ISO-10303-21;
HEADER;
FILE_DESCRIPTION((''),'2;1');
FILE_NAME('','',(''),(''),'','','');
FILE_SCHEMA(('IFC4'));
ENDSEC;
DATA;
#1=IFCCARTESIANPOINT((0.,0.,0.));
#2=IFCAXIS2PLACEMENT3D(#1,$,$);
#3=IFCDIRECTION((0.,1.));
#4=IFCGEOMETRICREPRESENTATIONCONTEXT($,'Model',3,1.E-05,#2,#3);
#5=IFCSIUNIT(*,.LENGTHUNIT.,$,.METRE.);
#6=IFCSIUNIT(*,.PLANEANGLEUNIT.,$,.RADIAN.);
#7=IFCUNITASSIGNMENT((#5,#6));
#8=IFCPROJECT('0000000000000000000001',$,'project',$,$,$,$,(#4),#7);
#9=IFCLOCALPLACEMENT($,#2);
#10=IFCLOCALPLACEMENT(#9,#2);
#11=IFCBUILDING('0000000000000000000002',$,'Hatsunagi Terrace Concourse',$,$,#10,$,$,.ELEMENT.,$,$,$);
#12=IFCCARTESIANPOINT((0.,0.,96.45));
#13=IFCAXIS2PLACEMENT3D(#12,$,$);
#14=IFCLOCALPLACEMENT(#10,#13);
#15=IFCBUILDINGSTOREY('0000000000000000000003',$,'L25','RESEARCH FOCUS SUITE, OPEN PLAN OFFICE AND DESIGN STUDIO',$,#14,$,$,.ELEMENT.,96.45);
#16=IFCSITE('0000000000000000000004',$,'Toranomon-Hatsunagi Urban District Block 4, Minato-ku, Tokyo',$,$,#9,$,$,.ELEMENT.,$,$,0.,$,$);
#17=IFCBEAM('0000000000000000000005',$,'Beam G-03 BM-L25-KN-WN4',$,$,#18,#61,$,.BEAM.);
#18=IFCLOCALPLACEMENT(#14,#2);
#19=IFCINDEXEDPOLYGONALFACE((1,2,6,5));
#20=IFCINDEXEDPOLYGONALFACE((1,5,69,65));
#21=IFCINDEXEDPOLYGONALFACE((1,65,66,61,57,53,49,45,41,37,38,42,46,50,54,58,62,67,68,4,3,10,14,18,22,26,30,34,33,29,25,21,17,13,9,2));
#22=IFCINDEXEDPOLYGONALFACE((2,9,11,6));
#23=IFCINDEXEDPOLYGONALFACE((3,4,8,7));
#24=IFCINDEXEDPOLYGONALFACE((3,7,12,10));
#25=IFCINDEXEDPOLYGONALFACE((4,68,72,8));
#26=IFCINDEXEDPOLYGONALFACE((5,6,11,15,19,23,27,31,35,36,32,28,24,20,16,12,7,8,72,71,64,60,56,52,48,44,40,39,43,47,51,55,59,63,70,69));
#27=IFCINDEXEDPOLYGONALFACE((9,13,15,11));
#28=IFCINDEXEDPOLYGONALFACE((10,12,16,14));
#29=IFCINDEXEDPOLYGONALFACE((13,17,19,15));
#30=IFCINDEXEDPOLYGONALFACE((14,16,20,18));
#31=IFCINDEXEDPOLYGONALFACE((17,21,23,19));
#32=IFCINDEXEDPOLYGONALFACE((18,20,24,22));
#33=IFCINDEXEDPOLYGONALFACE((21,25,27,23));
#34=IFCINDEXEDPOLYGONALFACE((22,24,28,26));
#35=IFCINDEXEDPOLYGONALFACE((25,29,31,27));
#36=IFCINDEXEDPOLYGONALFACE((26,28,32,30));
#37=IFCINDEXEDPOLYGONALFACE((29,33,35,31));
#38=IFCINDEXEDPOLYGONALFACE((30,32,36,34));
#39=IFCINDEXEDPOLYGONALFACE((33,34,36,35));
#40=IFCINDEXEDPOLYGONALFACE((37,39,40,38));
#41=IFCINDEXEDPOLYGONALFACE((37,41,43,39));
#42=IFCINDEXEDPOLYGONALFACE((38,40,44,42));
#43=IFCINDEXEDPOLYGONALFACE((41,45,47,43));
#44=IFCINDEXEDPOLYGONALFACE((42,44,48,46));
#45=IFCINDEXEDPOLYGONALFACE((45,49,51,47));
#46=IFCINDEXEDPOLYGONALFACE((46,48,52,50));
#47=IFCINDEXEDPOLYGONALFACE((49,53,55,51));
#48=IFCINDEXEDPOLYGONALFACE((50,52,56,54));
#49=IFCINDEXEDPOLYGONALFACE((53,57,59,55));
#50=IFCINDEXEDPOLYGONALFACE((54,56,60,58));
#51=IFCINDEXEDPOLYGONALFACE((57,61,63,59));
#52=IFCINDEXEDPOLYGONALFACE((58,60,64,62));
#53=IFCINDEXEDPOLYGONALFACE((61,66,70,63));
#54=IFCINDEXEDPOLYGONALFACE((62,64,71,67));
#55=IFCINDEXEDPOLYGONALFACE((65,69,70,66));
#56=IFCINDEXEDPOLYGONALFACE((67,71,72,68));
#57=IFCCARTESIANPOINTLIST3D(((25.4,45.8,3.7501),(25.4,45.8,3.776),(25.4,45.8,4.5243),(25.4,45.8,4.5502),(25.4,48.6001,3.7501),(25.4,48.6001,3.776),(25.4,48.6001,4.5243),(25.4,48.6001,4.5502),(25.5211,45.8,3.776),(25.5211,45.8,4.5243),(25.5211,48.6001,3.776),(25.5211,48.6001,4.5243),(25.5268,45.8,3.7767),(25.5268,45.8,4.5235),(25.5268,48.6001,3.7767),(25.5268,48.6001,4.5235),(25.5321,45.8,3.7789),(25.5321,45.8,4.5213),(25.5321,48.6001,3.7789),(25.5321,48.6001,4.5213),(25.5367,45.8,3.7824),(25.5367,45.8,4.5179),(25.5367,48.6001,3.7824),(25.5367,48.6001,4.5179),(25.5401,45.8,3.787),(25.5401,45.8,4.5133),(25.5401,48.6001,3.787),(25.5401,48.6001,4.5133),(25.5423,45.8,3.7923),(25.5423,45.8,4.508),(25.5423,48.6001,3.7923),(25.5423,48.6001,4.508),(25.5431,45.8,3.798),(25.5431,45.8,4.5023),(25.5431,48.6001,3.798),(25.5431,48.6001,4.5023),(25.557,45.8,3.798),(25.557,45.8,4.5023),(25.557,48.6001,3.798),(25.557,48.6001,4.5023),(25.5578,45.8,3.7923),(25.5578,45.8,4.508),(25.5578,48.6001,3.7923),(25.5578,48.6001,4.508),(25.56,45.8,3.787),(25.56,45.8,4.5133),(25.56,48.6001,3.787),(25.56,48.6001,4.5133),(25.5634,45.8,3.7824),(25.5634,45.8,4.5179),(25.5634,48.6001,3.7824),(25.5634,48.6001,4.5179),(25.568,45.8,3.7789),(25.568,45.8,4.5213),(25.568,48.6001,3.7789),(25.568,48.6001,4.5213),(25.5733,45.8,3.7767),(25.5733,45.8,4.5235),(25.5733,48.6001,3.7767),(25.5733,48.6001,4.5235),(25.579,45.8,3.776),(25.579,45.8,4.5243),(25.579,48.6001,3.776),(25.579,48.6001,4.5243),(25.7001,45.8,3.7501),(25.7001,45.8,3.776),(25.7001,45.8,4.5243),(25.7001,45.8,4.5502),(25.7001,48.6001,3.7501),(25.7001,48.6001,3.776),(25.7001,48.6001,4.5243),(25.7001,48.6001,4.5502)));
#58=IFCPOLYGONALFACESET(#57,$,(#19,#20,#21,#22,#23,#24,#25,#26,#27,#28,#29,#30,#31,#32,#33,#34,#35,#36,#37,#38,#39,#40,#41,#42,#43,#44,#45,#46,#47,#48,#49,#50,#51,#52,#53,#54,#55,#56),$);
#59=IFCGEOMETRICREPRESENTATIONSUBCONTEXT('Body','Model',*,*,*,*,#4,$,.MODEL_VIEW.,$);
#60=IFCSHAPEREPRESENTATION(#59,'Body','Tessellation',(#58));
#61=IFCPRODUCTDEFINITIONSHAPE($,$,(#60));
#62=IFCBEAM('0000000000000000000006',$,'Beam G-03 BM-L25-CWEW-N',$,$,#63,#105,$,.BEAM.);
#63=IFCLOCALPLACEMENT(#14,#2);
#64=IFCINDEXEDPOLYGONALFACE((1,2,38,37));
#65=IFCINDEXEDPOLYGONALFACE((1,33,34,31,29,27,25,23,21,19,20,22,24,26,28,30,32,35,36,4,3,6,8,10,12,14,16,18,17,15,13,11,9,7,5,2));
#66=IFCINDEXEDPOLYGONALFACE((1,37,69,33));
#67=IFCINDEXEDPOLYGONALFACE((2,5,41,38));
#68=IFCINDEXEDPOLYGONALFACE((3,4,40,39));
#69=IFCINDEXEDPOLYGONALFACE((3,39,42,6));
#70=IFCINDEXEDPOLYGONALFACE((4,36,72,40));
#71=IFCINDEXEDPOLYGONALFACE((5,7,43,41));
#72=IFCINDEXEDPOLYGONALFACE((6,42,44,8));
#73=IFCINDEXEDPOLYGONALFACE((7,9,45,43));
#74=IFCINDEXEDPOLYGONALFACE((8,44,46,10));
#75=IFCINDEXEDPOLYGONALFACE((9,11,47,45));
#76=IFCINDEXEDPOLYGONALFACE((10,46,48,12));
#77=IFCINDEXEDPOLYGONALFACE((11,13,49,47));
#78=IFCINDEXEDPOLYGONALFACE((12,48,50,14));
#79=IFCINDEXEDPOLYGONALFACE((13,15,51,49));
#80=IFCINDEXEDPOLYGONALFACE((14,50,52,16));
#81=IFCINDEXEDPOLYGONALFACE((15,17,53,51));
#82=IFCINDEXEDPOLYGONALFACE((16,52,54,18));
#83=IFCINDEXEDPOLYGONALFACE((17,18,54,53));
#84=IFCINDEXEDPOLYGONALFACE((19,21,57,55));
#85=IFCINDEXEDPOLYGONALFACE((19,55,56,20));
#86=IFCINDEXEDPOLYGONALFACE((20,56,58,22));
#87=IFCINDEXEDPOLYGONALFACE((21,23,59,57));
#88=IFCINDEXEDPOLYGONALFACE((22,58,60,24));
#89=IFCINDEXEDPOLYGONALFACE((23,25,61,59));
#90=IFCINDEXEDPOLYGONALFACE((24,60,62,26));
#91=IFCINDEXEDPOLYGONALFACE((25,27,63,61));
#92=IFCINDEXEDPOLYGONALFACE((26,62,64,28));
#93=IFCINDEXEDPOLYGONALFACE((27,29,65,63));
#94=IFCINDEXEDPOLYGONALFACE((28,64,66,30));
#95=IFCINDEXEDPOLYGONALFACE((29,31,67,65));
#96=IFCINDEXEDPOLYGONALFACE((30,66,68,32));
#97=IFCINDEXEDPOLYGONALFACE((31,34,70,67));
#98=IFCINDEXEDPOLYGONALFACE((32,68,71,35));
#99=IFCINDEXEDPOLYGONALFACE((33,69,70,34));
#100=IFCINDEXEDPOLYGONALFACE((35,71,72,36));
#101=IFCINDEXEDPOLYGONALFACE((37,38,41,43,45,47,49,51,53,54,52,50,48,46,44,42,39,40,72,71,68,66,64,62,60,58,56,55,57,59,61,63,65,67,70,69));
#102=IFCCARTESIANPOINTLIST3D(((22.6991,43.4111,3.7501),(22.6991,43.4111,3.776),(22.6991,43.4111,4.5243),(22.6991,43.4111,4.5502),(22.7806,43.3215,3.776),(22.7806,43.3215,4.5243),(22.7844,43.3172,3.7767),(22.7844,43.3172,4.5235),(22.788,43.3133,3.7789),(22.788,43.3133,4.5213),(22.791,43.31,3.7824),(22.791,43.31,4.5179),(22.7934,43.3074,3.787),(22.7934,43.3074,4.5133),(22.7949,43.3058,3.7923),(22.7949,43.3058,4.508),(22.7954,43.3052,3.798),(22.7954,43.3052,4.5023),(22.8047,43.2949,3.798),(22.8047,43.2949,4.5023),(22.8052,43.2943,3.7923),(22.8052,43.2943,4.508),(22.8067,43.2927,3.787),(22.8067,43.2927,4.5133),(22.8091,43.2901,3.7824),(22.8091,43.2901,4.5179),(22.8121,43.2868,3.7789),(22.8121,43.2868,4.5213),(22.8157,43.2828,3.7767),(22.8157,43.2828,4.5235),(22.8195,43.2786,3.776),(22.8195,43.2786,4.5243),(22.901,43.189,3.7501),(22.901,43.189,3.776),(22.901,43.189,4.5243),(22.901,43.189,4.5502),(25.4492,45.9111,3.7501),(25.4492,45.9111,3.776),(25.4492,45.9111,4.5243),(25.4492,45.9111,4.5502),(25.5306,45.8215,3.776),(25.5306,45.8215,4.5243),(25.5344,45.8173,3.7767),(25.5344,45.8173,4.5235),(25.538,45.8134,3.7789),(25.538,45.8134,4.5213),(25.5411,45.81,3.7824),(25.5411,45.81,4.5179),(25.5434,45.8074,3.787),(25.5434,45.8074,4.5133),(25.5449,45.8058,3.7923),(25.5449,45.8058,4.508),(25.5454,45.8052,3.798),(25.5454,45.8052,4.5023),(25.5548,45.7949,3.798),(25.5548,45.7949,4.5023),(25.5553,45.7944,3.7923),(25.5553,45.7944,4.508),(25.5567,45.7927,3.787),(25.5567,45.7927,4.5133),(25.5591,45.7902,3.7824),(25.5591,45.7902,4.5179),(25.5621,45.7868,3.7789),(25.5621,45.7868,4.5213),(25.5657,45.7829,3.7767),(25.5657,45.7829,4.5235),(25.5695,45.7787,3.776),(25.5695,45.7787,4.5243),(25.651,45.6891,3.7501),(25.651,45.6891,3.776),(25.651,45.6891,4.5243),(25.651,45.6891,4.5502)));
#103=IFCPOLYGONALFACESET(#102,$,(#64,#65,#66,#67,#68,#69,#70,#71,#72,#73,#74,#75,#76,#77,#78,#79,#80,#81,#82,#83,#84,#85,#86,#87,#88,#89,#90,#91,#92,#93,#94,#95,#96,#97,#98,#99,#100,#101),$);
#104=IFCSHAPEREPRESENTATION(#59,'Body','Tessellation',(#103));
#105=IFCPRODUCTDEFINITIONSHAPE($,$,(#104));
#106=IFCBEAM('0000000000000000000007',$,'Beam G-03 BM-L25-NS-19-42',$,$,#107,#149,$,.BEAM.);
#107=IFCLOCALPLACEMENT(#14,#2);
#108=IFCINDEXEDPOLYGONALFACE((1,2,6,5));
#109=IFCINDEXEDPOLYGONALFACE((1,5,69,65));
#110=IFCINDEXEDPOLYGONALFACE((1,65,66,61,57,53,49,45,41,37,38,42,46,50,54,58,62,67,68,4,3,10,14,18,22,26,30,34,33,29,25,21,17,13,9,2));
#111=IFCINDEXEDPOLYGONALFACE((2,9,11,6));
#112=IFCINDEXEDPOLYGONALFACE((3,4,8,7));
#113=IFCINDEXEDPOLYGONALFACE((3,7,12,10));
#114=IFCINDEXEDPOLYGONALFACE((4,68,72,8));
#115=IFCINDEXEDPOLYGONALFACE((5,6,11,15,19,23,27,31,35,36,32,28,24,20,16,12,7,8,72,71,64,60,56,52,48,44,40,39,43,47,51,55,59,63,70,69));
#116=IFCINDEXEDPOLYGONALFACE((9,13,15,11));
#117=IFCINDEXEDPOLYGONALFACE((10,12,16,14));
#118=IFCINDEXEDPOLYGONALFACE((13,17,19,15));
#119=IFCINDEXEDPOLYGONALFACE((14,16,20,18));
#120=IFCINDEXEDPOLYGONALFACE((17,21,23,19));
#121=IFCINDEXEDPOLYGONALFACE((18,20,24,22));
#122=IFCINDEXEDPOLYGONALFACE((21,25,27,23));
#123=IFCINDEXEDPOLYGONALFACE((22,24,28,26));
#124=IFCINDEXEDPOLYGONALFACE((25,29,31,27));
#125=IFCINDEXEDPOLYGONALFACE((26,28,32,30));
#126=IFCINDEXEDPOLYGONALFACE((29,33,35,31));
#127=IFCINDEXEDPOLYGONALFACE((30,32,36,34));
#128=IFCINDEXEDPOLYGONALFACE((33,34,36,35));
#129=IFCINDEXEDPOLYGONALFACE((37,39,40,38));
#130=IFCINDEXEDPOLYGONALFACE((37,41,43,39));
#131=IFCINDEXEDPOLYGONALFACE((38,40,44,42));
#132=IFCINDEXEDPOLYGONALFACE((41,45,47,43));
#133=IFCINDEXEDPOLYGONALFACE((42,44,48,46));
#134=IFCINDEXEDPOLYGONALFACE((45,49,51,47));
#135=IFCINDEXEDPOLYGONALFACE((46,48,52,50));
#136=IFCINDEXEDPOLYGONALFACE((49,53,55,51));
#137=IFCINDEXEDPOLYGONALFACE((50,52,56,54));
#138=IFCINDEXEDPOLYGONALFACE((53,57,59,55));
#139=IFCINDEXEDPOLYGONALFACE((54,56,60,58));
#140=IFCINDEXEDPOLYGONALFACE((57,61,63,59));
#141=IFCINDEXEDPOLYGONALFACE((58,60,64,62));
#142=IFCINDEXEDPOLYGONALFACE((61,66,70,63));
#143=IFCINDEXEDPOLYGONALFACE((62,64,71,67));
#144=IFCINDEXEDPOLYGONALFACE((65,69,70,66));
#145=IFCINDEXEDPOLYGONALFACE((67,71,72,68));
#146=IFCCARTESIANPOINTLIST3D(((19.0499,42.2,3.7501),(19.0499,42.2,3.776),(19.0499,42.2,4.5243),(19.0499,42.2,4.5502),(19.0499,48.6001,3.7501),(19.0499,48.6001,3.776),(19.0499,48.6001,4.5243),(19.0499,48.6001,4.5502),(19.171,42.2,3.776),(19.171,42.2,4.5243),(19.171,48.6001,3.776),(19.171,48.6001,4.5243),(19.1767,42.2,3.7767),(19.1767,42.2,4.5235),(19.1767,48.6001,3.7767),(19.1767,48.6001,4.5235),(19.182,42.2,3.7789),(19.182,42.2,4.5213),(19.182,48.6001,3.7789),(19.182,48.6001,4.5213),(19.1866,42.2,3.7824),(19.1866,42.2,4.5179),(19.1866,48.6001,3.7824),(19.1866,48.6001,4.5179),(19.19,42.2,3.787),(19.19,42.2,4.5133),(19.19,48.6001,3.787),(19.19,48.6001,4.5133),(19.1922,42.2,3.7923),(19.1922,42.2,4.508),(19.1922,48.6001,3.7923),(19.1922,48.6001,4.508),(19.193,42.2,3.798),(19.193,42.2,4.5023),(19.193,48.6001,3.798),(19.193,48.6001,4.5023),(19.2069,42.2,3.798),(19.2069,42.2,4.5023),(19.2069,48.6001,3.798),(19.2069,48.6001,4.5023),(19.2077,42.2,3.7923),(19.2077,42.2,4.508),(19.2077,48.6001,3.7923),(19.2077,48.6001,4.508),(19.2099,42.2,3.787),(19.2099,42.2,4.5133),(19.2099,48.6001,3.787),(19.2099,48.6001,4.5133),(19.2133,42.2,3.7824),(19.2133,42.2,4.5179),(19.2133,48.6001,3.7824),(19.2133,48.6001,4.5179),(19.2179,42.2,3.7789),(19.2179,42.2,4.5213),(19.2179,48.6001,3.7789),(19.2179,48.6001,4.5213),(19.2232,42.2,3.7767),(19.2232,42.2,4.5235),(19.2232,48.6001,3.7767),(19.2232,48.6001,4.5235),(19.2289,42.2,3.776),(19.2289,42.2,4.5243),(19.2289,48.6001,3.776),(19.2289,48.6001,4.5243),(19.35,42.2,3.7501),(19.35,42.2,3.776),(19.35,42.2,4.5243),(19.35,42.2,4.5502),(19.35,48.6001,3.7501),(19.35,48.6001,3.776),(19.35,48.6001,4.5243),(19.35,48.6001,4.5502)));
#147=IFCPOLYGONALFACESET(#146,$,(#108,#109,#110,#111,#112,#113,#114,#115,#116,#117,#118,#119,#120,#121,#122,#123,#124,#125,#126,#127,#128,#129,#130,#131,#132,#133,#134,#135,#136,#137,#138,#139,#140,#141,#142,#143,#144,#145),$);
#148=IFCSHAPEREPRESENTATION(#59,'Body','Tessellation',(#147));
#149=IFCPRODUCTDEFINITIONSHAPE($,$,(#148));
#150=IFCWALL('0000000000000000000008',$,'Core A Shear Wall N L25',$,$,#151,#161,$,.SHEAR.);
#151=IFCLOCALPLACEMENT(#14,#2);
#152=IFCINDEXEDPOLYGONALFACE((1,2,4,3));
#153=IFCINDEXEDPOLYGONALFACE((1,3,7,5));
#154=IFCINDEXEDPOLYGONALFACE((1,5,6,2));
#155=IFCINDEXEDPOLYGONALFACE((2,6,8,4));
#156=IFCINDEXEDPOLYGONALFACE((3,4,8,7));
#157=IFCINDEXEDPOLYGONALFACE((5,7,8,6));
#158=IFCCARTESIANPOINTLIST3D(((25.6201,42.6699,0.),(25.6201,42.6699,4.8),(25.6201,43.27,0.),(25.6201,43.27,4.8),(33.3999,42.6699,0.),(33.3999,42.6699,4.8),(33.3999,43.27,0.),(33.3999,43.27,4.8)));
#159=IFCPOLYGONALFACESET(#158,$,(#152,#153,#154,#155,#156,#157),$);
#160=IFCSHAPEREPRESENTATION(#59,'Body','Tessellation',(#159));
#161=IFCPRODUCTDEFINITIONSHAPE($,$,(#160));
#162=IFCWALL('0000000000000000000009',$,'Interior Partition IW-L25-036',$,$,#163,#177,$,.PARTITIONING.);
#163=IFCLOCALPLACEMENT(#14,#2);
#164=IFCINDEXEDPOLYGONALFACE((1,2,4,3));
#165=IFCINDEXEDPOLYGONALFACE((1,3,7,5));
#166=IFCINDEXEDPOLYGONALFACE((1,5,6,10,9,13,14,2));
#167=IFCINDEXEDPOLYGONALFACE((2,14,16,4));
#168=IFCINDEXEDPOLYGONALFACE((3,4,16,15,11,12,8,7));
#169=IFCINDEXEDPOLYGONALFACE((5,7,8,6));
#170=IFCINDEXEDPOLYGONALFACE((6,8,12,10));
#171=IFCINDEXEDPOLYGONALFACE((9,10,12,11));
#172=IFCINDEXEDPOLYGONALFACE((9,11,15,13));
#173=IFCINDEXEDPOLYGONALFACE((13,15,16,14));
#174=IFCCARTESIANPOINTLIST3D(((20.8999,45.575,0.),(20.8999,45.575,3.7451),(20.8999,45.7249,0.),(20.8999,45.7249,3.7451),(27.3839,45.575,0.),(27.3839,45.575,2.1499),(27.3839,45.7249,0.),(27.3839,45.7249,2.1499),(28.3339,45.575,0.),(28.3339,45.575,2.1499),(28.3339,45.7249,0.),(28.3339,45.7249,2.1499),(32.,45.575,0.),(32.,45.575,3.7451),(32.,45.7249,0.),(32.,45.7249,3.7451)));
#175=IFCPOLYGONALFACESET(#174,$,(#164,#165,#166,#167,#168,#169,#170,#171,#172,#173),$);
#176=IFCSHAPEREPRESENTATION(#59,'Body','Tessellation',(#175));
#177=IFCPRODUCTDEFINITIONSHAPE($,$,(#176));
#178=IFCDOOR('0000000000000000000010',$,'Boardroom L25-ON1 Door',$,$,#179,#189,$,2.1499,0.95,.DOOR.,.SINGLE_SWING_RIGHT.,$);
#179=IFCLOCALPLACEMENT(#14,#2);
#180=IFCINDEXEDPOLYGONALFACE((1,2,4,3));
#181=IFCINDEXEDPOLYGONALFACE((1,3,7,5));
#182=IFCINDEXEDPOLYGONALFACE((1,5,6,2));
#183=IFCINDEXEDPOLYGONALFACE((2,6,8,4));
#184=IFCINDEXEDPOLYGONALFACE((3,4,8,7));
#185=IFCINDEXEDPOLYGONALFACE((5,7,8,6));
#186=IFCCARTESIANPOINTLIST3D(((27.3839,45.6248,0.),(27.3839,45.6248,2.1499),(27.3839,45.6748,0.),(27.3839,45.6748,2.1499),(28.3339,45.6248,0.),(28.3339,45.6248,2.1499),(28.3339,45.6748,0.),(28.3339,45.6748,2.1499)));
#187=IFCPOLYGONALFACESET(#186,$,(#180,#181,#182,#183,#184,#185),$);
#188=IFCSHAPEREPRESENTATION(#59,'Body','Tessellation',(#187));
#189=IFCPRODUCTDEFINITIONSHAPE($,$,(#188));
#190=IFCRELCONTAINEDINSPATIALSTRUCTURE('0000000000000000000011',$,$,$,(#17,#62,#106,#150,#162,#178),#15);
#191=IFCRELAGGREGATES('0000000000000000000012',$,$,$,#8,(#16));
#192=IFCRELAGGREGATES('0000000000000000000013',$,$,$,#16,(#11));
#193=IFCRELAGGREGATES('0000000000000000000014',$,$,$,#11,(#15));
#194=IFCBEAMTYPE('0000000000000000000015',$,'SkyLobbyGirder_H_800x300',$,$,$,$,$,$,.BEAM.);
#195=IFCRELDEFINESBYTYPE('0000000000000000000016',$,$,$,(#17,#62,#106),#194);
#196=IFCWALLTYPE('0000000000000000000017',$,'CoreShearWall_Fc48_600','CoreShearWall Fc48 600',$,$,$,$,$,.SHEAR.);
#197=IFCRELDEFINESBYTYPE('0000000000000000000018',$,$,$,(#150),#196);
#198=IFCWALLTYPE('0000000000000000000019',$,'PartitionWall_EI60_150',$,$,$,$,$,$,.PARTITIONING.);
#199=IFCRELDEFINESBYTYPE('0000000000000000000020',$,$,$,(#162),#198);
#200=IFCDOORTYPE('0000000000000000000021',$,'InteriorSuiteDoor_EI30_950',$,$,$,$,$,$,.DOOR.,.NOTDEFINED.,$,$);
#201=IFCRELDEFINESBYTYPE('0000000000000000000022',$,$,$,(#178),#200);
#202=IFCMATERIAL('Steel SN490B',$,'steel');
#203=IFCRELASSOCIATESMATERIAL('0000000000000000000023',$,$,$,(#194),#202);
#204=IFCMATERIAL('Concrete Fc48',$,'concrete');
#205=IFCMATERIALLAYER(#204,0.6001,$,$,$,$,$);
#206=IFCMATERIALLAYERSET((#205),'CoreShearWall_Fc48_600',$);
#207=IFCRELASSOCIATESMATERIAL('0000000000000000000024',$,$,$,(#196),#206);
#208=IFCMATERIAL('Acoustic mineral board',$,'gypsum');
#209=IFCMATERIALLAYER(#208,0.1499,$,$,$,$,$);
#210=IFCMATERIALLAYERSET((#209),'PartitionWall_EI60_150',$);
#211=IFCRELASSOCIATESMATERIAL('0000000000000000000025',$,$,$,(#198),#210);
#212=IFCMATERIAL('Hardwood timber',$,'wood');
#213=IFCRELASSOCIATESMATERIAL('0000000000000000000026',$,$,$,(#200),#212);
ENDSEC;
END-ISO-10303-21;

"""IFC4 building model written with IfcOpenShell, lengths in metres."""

from ifc_helpers import new_model, si_unit, direction, frame, frame_2d, origin, origin_2d, place, context, subcontext, project, spatial, rectangle, i_section, extrude, material, layer, layer_set, material_profile, profile_set, type_object, element, fill, save


model = new_model("IFC4")

# Units and contexts
model_context = context("Model", 3, precision=1e-05, world=origin(), true_north=direction((0.0, 1.0)))
body_context = subcontext(model_context, "Body", "Model", "MODEL_VIEW")
ifc_project = project(units=[si_unit("LENGTHUNIT", "METRE"), si_unit("PLANEANGLEUNIT", "RADIAN")], contexts=[model_context])

# Site, building, storey
site_placement = place(None, origin())
site = spatial("IfcSite", under=ifc_project, at=site_placement, Name="Toranomon-Hatsunagi Urban District Block 4, Minato-ku, Tokyo", CompositionType="ELEMENT", RefElevation=0.0)
building_placement = place(site_placement, origin())
building = spatial("IfcBuilding", under=site, at=building_placement, Name="Hatsunagi Terrace Concourse", CompositionType="ELEMENT")
storey_placement = place(building_placement, frame((0.0, 0.0, 96.45)))
storey = spatial("IfcBuildingStorey", under=building, at=storey_placement, Name="L25", Description="RESEARCH FOCUS SUITE, OPEN PLAN OFFICE AND DESIGN STUDIO", CompositionType="ELEMENT", Elevation=96.45)

# Beams
ifc_material_1 = material(Name="Steel SN490B", Category="steel")
ifc_material_profile_1 = material_profile(ifc_material_1, i_section(OverallWidth=0.3, OverallDepth=0.8, WebThickness=0.0139, FlangeThickness=0.0259, FilletRadius=0.022, at=origin_2d()), Name="H-800x300x14x26")
ifc_profile_set_1 = profile_set([ifc_material_profile_1], Name="Steel SN490B")
beam_type_1 = type_object("IfcBeamType", Name="SkyLobbyGirder_H_800x300", PredefinedType="BEAM", material=ifc_profile_set_1)
beam_1_placement = place(storey_placement, frame((25.55, 45.8, 4.1501), z_axis=(0.0, 1.0, 0.0), x_axis=(-1.0, 0.0, 0.0)))
element("IfcBeam", 1, at=beam_1_placement, inside=storey, type_object=beam_type_1, Name="Beam G-03 BM-L25-KN-WN4", PredefinedType="BEAM", context=body_context, shape_type="SweptSolid", body=[
    extrude(i_section(OverallWidth=0.3, OverallDepth=0.8, WebThickness=0.0139, FlangeThickness=0.0259, FilletRadius=0.022, at=origin_2d()), origin(), (0.0, 0.0, 1.0), 2.8),
])
beam_2_placement = place(storey_placement, frame((22.8, 43.3, 4.1501), z_axis=(0.73994, 0.672673, 0.0), x_axis=(-0.672673, 0.73994, 0.0)))
element("IfcBeam", 2, at=beam_2_placement, inside=storey, type_object=beam_type_1, Name="Beam G-03 BM-L25-CWEW-N", PredefinedType="BEAM", context=body_context, shape_type="SweptSolid", body=[
    extrude(i_section(OverallWidth=0.3, OverallDepth=0.8, WebThickness=0.0139, FlangeThickness=0.0259, FilletRadius=0.022, at=origin_2d()), origin(), (0.0, 0.0, 1.0), 3.7166),
])
beam_3_placement = place(storey_placement, frame((19.2, 42.2, 4.1501), z_axis=(0.0, 1.0, 0.0), x_axis=(-1.0, 0.0, 0.0)))
element("IfcBeam", 3, at=beam_3_placement, inside=storey, type_object=beam_type_1, Name="Beam G-03 BM-L25-NS-19-42", PredefinedType="BEAM", context=body_context, shape_type="SweptSolid", body=[
    extrude(i_section(OverallWidth=0.3, OverallDepth=0.8, WebThickness=0.0139, FlangeThickness=0.0259, FilletRadius=0.022, at=origin_2d()), origin(), (0.0, 0.0, 1.0), 6.4001),
])

# Wall
ifc_material_2 = material(Name="Concrete Fc48", Category="concrete")
ifc_layer_1 = layer(ifc_material_2, 0.6001)
ifc_layer_set_1 = layer_set([ifc_layer_1], Name="CoreShearWall_Fc48_600")
wall_type_1 = type_object("IfcWallType", Name="CoreShearWall_Fc48_600", Description="CoreShearWall Fc48 600", PredefinedType="SHEAR", material=ifc_layer_set_1)
wall_1_placement = place(storey_placement, frame((25.6201, 42.97, 0.0), z_axis=(0.0, 0.0, 1.0), x_axis=(1.0, 0.0, 0.0)))
element("IfcWall", 4, at=wall_1_placement, inside=storey, type_object=wall_type_1, Name="Core A Shear Wall N L25", PredefinedType="SHEAR", context=body_context, shape_type="SweptSolid", body=[
    extrude(rectangle(XDim=7.7798, YDim=0.6001, at=frame_2d((3.8899, 0.0))), origin(), (0.0, 0.0, 1.0), 4.8),
])

# Wall, opening, door
ifc_material_3 = material(Name="Acoustic mineral board", Category="gypsum")
ifc_layer_2 = layer(ifc_material_3, 0.1499)
ifc_layer_set_2 = layer_set([ifc_layer_2], Name="PartitionWall_EI60_150")
wall_type_2 = type_object("IfcWallType", Name="PartitionWall_EI60_150", PredefinedType="PARTITIONING", material=ifc_layer_set_2)
wall_2_placement = place(storey_placement, frame((20.8999, 45.6499, 0.0), z_axis=(0.0, 0.0, 1.0), x_axis=(1.0, 0.0, 0.0)))
wall_2 = element("IfcWall", 5, at=wall_2_placement, inside=storey, type_object=wall_type_2, Name="Interior Partition IW-L25-036", PredefinedType="PARTITIONING", context=body_context, shape_type="SweptSolid", body=[
    extrude(rectangle(XDim=11.1001, YDim=0.1499, at=frame_2d((5.55, 0.0))), origin(), (0.0, 0.0, 1.0), 3.7451),
])
opening_placement = place(wall_2_placement, frame((6.4839, 0.0, 0.0)))
opening = element("IfcOpeningElement", 6, at=opening_placement, cuts=wall_2, PredefinedType="OPENING", context=body_context, shape_type="SweptSolid", body=[
    extrude(rectangle(XDim=0.95, YDim=2.1499, at=frame_2d((0.4751, 1.075))), frame((0.0, 0.085, 0.0), z_axis=(0.0, -1.0, 0.0), x_axis=(1.0, 0.0, 0.0)), (0.0, 0.0, 1.0), 0.1699),
])
ifc_material_4 = material(Name="Hardwood timber", Category="wood")
door_type = type_object("IfcDoorType", Name="InteriorSuiteDoor_EI30_950", OperationType="NOTDEFINED", PredefinedType="DOOR", material=ifc_material_4)
door_placement = place(opening_placement, origin())
door = element("IfcDoor", 7, at=door_placement, inside=storey, type_object=door_type, Name="Boardroom L25-ON1 Door", OperationType="SINGLE_SWING_RIGHT", OverallHeight=2.1499, OverallWidth=0.95, PredefinedType="DOOR", context=body_context, shape_type="SweptSolid", body=[
    extrude(rectangle(XDim=0.95, YDim=2.1499, at=frame_2d((0.4751, 1.075))), frame((0.0, 0.0249, 0.0), z_axis=(0.0, -1.0, 0.0), x_axis=(1.0, 0.0, 0.0)), (0.0, 0.0, 1.0), 0.05),
])
fill(opening, door)

save(model, "model.ifc")
